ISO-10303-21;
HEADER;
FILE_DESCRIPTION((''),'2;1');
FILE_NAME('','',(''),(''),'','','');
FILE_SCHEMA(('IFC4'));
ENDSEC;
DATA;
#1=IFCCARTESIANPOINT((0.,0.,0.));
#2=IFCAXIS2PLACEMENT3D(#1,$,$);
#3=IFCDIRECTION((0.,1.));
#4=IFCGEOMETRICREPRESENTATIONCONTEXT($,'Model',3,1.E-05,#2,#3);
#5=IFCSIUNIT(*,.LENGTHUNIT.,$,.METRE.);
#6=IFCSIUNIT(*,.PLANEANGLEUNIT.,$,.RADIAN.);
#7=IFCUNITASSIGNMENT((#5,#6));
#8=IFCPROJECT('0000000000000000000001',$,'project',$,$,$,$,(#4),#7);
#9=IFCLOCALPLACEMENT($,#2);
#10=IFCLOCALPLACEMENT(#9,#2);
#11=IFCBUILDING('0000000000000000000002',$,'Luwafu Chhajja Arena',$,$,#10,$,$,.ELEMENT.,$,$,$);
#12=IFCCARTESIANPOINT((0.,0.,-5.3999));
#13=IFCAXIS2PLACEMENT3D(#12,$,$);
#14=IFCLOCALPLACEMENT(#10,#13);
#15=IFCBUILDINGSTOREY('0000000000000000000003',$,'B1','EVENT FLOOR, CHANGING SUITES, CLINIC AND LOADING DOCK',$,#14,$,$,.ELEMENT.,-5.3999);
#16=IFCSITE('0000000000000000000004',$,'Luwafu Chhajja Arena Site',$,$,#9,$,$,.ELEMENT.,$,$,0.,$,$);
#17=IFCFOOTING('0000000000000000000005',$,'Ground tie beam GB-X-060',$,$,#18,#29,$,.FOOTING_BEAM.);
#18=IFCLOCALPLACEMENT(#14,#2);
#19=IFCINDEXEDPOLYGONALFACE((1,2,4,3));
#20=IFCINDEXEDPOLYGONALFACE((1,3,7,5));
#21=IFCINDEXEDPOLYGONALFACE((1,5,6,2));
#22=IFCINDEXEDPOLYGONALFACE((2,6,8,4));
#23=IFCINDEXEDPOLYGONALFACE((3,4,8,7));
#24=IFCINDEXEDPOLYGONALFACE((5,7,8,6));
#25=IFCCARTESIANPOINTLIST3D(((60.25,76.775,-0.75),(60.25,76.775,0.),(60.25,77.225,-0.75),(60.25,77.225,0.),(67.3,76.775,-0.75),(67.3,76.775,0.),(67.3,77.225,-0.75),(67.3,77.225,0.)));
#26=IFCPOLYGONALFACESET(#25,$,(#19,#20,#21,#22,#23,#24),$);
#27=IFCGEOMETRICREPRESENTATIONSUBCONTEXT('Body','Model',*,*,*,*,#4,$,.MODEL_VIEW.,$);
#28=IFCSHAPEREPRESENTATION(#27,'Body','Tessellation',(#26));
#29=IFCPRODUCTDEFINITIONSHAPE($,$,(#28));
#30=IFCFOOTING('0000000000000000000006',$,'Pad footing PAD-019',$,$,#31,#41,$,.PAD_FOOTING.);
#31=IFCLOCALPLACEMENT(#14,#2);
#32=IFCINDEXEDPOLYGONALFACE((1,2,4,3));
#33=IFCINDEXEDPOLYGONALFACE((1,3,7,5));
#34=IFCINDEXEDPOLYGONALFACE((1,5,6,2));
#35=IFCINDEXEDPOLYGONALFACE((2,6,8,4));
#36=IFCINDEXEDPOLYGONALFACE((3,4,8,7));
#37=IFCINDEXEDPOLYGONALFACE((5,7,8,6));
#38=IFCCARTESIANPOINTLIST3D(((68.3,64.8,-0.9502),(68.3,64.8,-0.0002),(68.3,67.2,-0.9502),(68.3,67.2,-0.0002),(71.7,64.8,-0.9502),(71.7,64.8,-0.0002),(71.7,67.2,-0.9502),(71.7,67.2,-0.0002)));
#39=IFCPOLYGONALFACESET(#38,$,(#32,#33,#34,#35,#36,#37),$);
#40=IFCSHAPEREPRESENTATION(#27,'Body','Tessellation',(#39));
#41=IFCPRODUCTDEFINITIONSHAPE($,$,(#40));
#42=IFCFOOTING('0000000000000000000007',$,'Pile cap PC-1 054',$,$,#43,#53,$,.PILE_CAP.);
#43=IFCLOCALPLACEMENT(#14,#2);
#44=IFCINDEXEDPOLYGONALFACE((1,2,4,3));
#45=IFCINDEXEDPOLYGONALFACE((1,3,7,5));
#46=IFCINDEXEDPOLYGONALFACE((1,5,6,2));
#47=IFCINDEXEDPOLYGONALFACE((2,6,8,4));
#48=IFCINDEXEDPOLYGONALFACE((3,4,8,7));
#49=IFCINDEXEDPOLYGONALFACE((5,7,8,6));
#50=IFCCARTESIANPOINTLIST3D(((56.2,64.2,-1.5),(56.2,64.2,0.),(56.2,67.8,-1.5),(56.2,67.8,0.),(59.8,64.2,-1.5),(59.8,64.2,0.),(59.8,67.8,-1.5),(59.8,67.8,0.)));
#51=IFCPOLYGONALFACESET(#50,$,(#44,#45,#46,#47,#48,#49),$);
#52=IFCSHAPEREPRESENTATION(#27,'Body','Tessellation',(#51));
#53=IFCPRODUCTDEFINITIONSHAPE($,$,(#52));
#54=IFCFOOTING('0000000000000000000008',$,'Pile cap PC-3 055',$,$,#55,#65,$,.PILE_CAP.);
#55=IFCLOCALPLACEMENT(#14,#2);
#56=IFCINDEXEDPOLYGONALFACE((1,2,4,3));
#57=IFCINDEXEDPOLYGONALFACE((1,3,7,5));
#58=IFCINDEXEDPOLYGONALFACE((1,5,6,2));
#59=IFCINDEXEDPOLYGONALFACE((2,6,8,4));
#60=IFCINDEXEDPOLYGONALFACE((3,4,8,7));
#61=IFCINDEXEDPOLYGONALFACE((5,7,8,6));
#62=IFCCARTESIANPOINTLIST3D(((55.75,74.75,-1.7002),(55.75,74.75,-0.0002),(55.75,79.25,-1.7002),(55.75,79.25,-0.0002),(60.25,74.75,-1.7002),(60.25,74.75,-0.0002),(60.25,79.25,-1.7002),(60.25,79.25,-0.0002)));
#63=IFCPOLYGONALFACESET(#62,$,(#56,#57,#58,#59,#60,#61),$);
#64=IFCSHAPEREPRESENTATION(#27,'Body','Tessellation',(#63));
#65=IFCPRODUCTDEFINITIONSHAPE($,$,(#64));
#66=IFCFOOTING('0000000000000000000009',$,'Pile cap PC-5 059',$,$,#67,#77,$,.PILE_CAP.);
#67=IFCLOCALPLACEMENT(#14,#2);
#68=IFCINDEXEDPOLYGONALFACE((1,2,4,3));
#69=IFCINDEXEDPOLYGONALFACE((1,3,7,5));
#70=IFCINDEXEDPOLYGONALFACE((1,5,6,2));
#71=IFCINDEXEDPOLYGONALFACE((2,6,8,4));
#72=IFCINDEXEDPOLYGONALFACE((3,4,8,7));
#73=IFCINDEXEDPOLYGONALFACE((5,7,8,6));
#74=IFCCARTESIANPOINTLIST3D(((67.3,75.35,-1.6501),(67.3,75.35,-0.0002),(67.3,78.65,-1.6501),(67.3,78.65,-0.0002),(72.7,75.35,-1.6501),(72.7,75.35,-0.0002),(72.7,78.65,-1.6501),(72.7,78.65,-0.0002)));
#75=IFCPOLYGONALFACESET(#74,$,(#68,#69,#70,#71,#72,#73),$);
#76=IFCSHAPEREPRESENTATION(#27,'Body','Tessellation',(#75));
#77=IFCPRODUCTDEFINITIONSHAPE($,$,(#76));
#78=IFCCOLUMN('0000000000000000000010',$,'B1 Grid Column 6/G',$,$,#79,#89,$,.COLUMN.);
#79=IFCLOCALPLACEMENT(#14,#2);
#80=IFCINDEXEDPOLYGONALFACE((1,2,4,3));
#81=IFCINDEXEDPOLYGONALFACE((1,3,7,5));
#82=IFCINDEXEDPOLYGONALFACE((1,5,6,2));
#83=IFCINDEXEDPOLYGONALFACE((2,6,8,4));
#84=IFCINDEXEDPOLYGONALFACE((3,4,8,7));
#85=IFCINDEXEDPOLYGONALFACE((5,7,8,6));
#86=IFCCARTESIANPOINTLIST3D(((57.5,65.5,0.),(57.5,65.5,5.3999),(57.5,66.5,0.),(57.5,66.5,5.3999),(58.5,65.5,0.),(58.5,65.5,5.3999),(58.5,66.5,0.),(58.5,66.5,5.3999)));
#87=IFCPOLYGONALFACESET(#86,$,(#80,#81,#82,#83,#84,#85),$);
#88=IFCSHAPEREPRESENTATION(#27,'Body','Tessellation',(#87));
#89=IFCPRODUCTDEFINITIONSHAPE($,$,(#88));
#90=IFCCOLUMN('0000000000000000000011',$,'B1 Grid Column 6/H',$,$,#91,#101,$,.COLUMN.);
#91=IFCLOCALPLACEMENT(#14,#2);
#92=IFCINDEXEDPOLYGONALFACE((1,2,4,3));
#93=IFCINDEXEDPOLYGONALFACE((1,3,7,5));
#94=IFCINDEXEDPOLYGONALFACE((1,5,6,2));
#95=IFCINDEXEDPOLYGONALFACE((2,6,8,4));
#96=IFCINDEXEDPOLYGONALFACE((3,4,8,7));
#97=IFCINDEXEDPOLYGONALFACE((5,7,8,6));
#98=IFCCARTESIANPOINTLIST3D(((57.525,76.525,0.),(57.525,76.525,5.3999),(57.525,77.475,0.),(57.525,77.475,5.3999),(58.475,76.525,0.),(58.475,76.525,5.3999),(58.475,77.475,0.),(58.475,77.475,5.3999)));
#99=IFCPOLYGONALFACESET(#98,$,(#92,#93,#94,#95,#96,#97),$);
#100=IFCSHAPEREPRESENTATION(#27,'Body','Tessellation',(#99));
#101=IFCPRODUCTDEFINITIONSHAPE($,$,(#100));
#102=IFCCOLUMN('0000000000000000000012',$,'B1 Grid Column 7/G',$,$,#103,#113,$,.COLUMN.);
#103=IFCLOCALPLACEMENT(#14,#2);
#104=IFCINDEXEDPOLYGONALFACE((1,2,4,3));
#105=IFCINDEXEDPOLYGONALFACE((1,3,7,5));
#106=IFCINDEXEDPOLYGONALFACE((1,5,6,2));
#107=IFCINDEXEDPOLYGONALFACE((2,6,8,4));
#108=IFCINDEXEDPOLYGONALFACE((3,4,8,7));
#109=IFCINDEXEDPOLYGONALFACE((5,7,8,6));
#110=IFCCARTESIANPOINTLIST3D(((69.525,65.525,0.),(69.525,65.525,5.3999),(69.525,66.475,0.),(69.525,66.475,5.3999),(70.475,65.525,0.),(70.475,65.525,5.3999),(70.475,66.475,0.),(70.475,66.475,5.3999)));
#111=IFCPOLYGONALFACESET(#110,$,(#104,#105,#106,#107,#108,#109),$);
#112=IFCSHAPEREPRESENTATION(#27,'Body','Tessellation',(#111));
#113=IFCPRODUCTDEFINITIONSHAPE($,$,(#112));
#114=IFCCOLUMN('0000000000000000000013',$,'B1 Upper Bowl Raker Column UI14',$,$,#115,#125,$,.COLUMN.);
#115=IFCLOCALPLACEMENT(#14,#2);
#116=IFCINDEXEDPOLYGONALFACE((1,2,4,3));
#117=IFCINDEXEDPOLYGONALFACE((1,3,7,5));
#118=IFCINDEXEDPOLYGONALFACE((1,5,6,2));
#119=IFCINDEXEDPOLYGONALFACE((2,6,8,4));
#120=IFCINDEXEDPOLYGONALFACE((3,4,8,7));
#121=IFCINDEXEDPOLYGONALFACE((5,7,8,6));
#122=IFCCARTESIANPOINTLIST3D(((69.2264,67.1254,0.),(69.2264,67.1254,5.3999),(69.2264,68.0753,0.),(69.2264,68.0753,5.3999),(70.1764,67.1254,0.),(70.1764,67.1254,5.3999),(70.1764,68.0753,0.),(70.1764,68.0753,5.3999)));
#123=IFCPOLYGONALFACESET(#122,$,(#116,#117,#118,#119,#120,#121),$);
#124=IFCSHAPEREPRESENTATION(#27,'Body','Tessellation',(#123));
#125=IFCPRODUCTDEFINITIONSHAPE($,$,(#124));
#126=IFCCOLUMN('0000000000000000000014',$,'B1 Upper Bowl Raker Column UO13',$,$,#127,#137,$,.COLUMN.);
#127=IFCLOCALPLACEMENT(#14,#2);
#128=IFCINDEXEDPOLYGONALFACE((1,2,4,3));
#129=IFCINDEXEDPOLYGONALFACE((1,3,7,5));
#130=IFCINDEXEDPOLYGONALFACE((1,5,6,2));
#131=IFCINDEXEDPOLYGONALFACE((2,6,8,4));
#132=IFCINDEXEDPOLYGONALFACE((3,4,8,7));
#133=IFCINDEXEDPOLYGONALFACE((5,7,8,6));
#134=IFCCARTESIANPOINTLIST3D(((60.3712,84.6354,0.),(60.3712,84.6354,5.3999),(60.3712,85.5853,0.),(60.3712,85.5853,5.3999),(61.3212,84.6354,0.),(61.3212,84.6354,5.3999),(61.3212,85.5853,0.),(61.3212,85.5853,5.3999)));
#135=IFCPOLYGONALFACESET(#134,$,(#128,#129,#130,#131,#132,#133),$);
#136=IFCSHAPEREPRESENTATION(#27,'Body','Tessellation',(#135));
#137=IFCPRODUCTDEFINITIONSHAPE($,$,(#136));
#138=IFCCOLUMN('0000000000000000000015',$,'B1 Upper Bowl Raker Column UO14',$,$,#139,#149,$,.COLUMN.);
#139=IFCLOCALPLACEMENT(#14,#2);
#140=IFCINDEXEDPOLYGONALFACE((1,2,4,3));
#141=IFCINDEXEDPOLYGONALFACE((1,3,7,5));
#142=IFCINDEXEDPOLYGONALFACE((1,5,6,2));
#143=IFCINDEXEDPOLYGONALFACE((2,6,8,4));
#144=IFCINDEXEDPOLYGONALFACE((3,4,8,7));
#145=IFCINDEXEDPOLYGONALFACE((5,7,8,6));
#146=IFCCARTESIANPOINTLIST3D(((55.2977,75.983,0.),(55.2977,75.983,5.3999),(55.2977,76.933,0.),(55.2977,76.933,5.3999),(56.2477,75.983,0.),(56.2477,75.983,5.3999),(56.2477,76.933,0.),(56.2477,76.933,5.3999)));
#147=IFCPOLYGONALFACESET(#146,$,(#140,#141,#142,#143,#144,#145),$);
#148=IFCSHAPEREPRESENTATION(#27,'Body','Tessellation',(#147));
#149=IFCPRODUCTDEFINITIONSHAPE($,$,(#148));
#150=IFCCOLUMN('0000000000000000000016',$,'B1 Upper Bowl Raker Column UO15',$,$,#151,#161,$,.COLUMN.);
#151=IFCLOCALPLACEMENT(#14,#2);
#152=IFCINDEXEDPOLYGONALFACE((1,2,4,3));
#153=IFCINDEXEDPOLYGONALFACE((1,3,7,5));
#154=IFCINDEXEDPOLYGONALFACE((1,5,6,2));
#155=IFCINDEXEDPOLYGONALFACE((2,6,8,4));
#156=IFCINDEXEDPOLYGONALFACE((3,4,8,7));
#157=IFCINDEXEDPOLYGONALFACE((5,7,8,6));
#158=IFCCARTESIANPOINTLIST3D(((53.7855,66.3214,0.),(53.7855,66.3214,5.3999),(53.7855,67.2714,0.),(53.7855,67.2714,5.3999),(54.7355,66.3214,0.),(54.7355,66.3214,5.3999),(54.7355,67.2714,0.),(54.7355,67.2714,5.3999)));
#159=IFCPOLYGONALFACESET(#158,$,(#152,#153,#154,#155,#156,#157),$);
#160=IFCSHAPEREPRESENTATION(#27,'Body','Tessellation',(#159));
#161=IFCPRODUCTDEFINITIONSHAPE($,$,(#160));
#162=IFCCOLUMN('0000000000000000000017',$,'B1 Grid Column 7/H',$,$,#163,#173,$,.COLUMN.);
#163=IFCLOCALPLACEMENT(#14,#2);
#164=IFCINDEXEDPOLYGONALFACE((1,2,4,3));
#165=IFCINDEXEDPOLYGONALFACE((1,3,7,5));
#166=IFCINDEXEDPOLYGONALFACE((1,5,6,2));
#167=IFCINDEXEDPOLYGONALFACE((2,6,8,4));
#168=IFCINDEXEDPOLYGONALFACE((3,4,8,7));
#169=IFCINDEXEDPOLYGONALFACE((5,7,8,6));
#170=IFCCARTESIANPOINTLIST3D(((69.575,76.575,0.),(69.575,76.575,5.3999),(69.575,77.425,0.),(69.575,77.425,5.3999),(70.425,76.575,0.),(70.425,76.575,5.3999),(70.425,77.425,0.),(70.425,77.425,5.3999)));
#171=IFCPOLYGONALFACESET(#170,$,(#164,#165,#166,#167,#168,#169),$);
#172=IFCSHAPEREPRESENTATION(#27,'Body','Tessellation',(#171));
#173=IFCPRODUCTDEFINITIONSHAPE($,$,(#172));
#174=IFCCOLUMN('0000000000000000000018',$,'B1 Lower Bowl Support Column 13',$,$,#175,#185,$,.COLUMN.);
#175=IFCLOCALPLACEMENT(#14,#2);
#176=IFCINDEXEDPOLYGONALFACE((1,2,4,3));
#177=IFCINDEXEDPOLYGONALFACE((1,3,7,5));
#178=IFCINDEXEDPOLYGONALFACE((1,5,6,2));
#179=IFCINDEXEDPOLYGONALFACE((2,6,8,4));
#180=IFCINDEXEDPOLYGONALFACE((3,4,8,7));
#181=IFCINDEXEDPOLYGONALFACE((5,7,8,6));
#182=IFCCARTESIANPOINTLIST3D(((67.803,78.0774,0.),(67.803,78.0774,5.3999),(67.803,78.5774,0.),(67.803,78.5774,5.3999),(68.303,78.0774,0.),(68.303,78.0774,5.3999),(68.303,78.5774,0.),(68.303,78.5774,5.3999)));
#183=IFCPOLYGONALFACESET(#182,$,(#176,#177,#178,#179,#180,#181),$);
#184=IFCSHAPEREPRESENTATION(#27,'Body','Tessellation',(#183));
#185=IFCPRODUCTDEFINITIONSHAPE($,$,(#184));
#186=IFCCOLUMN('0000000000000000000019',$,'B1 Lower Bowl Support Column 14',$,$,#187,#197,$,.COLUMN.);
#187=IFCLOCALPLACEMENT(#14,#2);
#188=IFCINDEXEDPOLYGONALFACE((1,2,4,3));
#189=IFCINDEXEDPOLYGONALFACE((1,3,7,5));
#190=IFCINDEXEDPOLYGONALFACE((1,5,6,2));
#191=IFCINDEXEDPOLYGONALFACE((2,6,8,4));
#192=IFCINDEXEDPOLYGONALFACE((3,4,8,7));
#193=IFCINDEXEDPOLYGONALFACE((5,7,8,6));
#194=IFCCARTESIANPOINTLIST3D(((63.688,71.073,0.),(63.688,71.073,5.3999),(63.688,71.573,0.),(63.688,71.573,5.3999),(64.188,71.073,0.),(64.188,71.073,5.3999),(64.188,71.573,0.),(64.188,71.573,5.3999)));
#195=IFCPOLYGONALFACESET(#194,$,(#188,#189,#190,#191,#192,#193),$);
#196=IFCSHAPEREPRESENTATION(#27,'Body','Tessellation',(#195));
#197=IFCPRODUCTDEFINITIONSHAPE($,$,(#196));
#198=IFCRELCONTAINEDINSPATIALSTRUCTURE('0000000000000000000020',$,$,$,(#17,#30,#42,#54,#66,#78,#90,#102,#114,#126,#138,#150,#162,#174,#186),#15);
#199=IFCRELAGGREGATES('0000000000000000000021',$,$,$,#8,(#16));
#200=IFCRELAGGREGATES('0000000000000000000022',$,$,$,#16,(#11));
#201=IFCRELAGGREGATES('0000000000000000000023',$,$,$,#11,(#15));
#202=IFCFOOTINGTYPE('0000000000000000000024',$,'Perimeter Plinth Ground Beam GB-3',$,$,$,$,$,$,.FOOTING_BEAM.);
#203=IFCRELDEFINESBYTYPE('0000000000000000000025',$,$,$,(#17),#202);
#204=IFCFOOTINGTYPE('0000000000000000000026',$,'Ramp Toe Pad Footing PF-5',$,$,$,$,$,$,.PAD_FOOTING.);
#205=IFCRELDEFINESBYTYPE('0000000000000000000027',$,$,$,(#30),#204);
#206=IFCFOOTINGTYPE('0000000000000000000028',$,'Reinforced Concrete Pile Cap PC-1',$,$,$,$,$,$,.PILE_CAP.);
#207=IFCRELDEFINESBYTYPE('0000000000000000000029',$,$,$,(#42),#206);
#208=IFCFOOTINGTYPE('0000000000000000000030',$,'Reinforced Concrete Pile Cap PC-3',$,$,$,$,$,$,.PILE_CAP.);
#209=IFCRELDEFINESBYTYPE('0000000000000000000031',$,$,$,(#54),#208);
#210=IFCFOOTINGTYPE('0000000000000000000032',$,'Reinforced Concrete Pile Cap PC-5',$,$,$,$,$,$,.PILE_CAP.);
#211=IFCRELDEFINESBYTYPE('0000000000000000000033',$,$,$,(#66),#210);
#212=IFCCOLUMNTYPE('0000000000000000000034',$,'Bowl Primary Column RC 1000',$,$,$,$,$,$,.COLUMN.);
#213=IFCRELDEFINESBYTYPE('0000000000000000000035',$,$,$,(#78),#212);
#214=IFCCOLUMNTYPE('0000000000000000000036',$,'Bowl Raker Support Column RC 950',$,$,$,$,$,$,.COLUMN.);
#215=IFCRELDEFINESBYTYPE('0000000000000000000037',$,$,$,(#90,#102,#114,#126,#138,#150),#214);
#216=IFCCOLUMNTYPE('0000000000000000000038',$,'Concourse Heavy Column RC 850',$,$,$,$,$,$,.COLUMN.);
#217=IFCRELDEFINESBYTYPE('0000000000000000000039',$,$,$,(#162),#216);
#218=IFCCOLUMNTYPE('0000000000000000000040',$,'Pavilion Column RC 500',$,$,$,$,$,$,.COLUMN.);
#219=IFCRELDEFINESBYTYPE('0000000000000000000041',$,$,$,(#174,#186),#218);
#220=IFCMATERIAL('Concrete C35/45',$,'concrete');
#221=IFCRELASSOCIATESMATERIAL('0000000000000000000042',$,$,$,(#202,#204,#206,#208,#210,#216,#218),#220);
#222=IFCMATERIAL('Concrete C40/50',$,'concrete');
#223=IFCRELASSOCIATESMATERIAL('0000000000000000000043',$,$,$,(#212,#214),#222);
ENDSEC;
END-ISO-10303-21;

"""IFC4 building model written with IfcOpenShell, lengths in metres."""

from ifc_helpers import new_model, si_unit, direction, frame, origin, origin_2d, place, context, subcontext, project, spatial, rectangle, extrude, material, material_profile, profile_set, type_object, element, save


model = new_model("IFC4")

# Units and contexts
model_context = context("Model", 3, precision=1e-05, world=origin(), true_north=direction((0.0, 1.0)))
body_context = subcontext(model_context, "Body", "Model", "MODEL_VIEW")
ifc_project = project(units=[si_unit("LENGTHUNIT", "METRE"), si_unit("PLANEANGLEUNIT", "RADIAN")], contexts=[model_context])

# Site, building, storey
site_placement = place(None, origin())
site = spatial("IfcSite", under=ifc_project, at=site_placement, Name="Luwafu Chhajja Arena Site", CompositionType="ELEMENT", RefElevation=0.0)
building_placement = place(site_placement, origin())
building = spatial("IfcBuilding", under=site, at=building_placement, Name="Luwafu Chhajja Arena", CompositionType="ELEMENT")
storey_placement = place(building_placement, frame((0.0, 0.0, -5.3999)))
storey = spatial("IfcBuildingStorey", under=building, at=storey_placement, Name="B1", Description="EVENT FLOOR, CHANGING SUITES, CLINIC AND LOADING DOCK", CompositionType="ELEMENT", Elevation=-5.3999)

# Shared definitions
ifc_material_1 = material(Name="Concrete C35/45", Category="concrete")

# Footings
ifc_material_profile_1 = material_profile(ifc_material_1, rectangle(XDim=0.45, YDim=0.75, at=origin_2d()), Name="RC 450x750")
ifc_profile_set_1 = profile_set([ifc_material_profile_1], Name="Concrete C35/45")
footing_type_1 = type_object("IfcFootingType", Name="Perimeter Plinth Ground Beam GB-3", PredefinedType="FOOTING_BEAM", material=ifc_profile_set_1)
footing_1_placement = place(storey_placement, frame((60.25, 77.0, -0.375), z_axis=(1.0, 0.0, 0.0), x_axis=(0.0, 1.0, 0.0)))
element("IfcFooting", 1, at=footing_1_placement, inside=storey, type_object=footing_type_1, Name="Ground tie beam GB-X-060", PredefinedType="FOOTING_BEAM", context=body_context, shape_type="SweptSolid", body=[
    extrude(rectangle(XDim=0.45, YDim=0.75, at=origin_2d()), origin(), (0.0, 0.0, 1.0), 7.05),
])
footing_type_2 = type_object("IfcFootingType", Name="Ramp Toe Pad Footing PF-5", PredefinedType="PAD_FOOTING", material=ifc_material_1)
footing_2_placement = place(storey_placement, frame((70.0, 66.0, -0.9502), z_axis=(0.0, 0.0, 1.0), x_axis=(1.0, 0.0, 0.0)))
element("IfcFooting", 2, at=footing_2_placement, inside=storey, type_object=footing_type_2, Name="Pad footing PAD-019", PredefinedType="PAD_FOOTING", context=body_context, shape_type="SweptSolid", body=[
    extrude(rectangle(XDim=3.3999, YDim=2.3999, at=origin_2d()), origin(), (0.0, 0.0, 1.0), 0.95),
])
footing_type_3 = type_object("IfcFootingType", Name="Reinforced Concrete Pile Cap PC-1", PredefinedType="PILE_CAP", material=ifc_material_1)
footing_3_placement = place(storey_placement, frame((58.0, 66.0, -1.5), z_axis=(0.0, 0.0, 1.0), x_axis=(1.0, 0.0, 0.0)))
element("IfcFooting", 3, at=footing_3_placement, inside=storey, type_object=footing_type_3, Name="Pile cap PC-1 054", PredefinedType="PILE_CAP", context=body_context, shape_type="SweptSolid", body=[
    extrude(rectangle(XDim=3.6001, YDim=3.6001, at=origin_2d()), origin(), (0.0, 0.0, 1.0), 1.5),
])
footing_type_4 = type_object("IfcFootingType", Name="Reinforced Concrete Pile Cap PC-3", PredefinedType="PILE_CAP", material=ifc_material_1)
footing_4_placement = place(storey_placement, frame((58.0, 77.0, -1.7002), z_axis=(0.0, 0.0, 1.0), x_axis=(1.0, 0.0, 0.0)))
element("IfcFooting", 4, at=footing_4_placement, inside=storey, type_object=footing_type_4, Name="Pile cap PC-3 055", PredefinedType="PILE_CAP", context=body_context, shape_type="SweptSolid", body=[
    extrude(rectangle(XDim=4.5, YDim=4.5, at=origin_2d()), origin(), (0.0, 0.0, 1.0), 1.7),
])
footing_type_5 = type_object("IfcFootingType", Name="Reinforced Concrete Pile Cap PC-5", PredefinedType="PILE_CAP", material=ifc_material_1)
footing_5_placement = place(storey_placement, frame((70.0, 77.0, -1.6501), z_axis=(0.0, 0.0, 1.0), x_axis=(1.0, 0.0, 0.0)))
element("IfcFooting", 5, at=footing_5_placement, inside=storey, type_object=footing_type_5, Name="Pile cap PC-5 059", PredefinedType="PILE_CAP", context=body_context, shape_type="SweptSolid", body=[
    extrude(rectangle(XDim=5.3999, YDim=3.3, at=origin_2d()), origin(), (0.0, 0.0, 1.0), 1.6499),
])

# Columns
ifc_material_2 = material(Name="Concrete C40/50", Category="concrete")
ifc_material_profile_2 = material_profile(ifc_material_2, rectangle(XDim=1.0, YDim=1.0, at=origin_2d()), Name="RC 1000x1000")
ifc_profile_set_2 = profile_set([ifc_material_profile_2], Name="Concrete C40/50")
column_type_1 = type_object("IfcColumnType", Name="Bowl Primary Column RC 1000", PredefinedType="COLUMN", material=ifc_profile_set_2)
column_1_placement = place(storey_placement, frame((58.0, 66.0, 0.0), z_axis=(0.0, 0.0, 1.0), x_axis=(1.0, 0.0, 0.0)))
element("IfcColumn", 6, at=column_1_placement, inside=storey, type_object=column_type_1, Name="B1 Grid Column 6/G", PredefinedType="COLUMN", context=body_context, shape_type="SweptSolid", body=[
    extrude(rectangle(XDim=1.0, YDim=1.0, at=origin_2d()), origin(), (0.0, 0.0, 1.0), 5.3999),
])
ifc_material_profile_3 = material_profile(ifc_material_2, rectangle(XDim=0.95, YDim=0.95, at=origin_2d()), Name="RC 950x950")
ifc_profile_set_3 = profile_set([ifc_material_profile_3], Name="Concrete C40/50")
column_type_2 = type_object("IfcColumnType", Name="Bowl Raker Support Column RC 950", PredefinedType="COLUMN", material=ifc_profile_set_3)
for number, where, z_axis, x_axis, name in (
    (7, (58.0, 77.0, 0.0), (0.0, 0.0, 1.0), (1.0, 0.0, 0.0), "B1 Grid Column 6/H"),
    (8, (70.0, 66.0, 0.0), (0.0, 0.0, 1.0), (1.0, 0.0, 0.0), "B1 Grid Column 7/G"),
    (9, (69.7014, 67.6003, 0.0), (0.0, 0.0, 1.0), (1.0, 0.0, 0.0), "B1 Upper Bowl Raker Column UI14"),
    (10, (60.8462, 85.1104, 0.0), (0.0, 0.0, 1.0), (1.0, 0.0, 0.0), "B1 Upper Bowl Raker Column UO13"),
    (11, (55.7727, 76.458, 0.0), (0.0, 0.0, 1.0), (1.0, 0.0, 0.0), "B1 Upper Bowl Raker Column UO14"),
    (12, (54.2605, 66.7964, 0.0), (0.0, 0.0, 1.0), (1.0, 0.0, 0.0), "B1 Upper Bowl Raker Column UO15"),
):
    element("IfcColumn", number, at=place(storey_placement, frame(where, z_axis=z_axis, x_axis=x_axis)), inside=storey, type_object=column_type_2, Name=name, PredefinedType="COLUMN", context=body_context, shape_type="SweptSolid", body=[
        extrude(rectangle(XDim=0.95, YDim=0.95, at=origin_2d()), origin(), (0.0, 0.0, 1.0), 5.3999),
    ])
ifc_material_profile_4 = material_profile(ifc_material_1, rectangle(XDim=0.8501, YDim=0.8501, at=origin_2d()), Name="RC 850x850")
ifc_profile_set_4 = profile_set([ifc_material_profile_4], Name="Concrete C35/45")
column_type_3 = type_object("IfcColumnType", Name="Concourse Heavy Column RC 850", PredefinedType="COLUMN", material=ifc_profile_set_4)
column_2_placement = place(storey_placement, frame((70.0, 77.0, 0.0), z_axis=(0.0, 0.0, 1.0), x_axis=(1.0, 0.0, 0.0)))
element("IfcColumn", 13, at=column_2_placement, inside=storey, type_object=column_type_3, Name="B1 Grid Column 7/H", PredefinedType="COLUMN", context=body_context, shape_type="SweptSolid", body=[
    extrude(rectangle(XDim=0.8501, YDim=0.8501, at=origin_2d()), origin(), (0.0, 0.0, 1.0), 5.3999),
])
ifc_material_profile_5 = material_profile(ifc_material_1, rectangle(XDim=0.5, YDim=0.5, at=origin_2d()), Name="RC 500x500")
ifc_profile_set_5 = profile_set([ifc_material_profile_5], Name="Concrete C35/45")
column_type_4 = type_object("IfcColumnType", Name="Pavilion Column RC 500", PredefinedType="COLUMN", material=ifc_profile_set_5)
for number, where, z_axis, x_axis, name in (
    (14, (68.053, 78.3274, 0.0), (0.0, 0.0, 1.0), (1.0, 0.0, 0.0), "B1 Lower Bowl Support Column 13"),
    (15, (63.938, 71.323, 0.0), (0.0, 0.0, 1.0), (1.0, 0.0, 0.0), "B1 Lower Bowl Support Column 14"),
):
    element("IfcColumn", number, at=place(storey_placement, frame(where, z_axis=z_axis, x_axis=x_axis)), inside=storey, type_object=column_type_4, Name=name, PredefinedType="COLUMN", context=body_context, shape_type="SweptSolid", body=[
        extrude(rectangle(XDim=0.5, YDim=0.5, at=origin_2d()), origin(), (0.0, 0.0, 1.0), 5.3999),
    ])

save(model, "model.ifc")
